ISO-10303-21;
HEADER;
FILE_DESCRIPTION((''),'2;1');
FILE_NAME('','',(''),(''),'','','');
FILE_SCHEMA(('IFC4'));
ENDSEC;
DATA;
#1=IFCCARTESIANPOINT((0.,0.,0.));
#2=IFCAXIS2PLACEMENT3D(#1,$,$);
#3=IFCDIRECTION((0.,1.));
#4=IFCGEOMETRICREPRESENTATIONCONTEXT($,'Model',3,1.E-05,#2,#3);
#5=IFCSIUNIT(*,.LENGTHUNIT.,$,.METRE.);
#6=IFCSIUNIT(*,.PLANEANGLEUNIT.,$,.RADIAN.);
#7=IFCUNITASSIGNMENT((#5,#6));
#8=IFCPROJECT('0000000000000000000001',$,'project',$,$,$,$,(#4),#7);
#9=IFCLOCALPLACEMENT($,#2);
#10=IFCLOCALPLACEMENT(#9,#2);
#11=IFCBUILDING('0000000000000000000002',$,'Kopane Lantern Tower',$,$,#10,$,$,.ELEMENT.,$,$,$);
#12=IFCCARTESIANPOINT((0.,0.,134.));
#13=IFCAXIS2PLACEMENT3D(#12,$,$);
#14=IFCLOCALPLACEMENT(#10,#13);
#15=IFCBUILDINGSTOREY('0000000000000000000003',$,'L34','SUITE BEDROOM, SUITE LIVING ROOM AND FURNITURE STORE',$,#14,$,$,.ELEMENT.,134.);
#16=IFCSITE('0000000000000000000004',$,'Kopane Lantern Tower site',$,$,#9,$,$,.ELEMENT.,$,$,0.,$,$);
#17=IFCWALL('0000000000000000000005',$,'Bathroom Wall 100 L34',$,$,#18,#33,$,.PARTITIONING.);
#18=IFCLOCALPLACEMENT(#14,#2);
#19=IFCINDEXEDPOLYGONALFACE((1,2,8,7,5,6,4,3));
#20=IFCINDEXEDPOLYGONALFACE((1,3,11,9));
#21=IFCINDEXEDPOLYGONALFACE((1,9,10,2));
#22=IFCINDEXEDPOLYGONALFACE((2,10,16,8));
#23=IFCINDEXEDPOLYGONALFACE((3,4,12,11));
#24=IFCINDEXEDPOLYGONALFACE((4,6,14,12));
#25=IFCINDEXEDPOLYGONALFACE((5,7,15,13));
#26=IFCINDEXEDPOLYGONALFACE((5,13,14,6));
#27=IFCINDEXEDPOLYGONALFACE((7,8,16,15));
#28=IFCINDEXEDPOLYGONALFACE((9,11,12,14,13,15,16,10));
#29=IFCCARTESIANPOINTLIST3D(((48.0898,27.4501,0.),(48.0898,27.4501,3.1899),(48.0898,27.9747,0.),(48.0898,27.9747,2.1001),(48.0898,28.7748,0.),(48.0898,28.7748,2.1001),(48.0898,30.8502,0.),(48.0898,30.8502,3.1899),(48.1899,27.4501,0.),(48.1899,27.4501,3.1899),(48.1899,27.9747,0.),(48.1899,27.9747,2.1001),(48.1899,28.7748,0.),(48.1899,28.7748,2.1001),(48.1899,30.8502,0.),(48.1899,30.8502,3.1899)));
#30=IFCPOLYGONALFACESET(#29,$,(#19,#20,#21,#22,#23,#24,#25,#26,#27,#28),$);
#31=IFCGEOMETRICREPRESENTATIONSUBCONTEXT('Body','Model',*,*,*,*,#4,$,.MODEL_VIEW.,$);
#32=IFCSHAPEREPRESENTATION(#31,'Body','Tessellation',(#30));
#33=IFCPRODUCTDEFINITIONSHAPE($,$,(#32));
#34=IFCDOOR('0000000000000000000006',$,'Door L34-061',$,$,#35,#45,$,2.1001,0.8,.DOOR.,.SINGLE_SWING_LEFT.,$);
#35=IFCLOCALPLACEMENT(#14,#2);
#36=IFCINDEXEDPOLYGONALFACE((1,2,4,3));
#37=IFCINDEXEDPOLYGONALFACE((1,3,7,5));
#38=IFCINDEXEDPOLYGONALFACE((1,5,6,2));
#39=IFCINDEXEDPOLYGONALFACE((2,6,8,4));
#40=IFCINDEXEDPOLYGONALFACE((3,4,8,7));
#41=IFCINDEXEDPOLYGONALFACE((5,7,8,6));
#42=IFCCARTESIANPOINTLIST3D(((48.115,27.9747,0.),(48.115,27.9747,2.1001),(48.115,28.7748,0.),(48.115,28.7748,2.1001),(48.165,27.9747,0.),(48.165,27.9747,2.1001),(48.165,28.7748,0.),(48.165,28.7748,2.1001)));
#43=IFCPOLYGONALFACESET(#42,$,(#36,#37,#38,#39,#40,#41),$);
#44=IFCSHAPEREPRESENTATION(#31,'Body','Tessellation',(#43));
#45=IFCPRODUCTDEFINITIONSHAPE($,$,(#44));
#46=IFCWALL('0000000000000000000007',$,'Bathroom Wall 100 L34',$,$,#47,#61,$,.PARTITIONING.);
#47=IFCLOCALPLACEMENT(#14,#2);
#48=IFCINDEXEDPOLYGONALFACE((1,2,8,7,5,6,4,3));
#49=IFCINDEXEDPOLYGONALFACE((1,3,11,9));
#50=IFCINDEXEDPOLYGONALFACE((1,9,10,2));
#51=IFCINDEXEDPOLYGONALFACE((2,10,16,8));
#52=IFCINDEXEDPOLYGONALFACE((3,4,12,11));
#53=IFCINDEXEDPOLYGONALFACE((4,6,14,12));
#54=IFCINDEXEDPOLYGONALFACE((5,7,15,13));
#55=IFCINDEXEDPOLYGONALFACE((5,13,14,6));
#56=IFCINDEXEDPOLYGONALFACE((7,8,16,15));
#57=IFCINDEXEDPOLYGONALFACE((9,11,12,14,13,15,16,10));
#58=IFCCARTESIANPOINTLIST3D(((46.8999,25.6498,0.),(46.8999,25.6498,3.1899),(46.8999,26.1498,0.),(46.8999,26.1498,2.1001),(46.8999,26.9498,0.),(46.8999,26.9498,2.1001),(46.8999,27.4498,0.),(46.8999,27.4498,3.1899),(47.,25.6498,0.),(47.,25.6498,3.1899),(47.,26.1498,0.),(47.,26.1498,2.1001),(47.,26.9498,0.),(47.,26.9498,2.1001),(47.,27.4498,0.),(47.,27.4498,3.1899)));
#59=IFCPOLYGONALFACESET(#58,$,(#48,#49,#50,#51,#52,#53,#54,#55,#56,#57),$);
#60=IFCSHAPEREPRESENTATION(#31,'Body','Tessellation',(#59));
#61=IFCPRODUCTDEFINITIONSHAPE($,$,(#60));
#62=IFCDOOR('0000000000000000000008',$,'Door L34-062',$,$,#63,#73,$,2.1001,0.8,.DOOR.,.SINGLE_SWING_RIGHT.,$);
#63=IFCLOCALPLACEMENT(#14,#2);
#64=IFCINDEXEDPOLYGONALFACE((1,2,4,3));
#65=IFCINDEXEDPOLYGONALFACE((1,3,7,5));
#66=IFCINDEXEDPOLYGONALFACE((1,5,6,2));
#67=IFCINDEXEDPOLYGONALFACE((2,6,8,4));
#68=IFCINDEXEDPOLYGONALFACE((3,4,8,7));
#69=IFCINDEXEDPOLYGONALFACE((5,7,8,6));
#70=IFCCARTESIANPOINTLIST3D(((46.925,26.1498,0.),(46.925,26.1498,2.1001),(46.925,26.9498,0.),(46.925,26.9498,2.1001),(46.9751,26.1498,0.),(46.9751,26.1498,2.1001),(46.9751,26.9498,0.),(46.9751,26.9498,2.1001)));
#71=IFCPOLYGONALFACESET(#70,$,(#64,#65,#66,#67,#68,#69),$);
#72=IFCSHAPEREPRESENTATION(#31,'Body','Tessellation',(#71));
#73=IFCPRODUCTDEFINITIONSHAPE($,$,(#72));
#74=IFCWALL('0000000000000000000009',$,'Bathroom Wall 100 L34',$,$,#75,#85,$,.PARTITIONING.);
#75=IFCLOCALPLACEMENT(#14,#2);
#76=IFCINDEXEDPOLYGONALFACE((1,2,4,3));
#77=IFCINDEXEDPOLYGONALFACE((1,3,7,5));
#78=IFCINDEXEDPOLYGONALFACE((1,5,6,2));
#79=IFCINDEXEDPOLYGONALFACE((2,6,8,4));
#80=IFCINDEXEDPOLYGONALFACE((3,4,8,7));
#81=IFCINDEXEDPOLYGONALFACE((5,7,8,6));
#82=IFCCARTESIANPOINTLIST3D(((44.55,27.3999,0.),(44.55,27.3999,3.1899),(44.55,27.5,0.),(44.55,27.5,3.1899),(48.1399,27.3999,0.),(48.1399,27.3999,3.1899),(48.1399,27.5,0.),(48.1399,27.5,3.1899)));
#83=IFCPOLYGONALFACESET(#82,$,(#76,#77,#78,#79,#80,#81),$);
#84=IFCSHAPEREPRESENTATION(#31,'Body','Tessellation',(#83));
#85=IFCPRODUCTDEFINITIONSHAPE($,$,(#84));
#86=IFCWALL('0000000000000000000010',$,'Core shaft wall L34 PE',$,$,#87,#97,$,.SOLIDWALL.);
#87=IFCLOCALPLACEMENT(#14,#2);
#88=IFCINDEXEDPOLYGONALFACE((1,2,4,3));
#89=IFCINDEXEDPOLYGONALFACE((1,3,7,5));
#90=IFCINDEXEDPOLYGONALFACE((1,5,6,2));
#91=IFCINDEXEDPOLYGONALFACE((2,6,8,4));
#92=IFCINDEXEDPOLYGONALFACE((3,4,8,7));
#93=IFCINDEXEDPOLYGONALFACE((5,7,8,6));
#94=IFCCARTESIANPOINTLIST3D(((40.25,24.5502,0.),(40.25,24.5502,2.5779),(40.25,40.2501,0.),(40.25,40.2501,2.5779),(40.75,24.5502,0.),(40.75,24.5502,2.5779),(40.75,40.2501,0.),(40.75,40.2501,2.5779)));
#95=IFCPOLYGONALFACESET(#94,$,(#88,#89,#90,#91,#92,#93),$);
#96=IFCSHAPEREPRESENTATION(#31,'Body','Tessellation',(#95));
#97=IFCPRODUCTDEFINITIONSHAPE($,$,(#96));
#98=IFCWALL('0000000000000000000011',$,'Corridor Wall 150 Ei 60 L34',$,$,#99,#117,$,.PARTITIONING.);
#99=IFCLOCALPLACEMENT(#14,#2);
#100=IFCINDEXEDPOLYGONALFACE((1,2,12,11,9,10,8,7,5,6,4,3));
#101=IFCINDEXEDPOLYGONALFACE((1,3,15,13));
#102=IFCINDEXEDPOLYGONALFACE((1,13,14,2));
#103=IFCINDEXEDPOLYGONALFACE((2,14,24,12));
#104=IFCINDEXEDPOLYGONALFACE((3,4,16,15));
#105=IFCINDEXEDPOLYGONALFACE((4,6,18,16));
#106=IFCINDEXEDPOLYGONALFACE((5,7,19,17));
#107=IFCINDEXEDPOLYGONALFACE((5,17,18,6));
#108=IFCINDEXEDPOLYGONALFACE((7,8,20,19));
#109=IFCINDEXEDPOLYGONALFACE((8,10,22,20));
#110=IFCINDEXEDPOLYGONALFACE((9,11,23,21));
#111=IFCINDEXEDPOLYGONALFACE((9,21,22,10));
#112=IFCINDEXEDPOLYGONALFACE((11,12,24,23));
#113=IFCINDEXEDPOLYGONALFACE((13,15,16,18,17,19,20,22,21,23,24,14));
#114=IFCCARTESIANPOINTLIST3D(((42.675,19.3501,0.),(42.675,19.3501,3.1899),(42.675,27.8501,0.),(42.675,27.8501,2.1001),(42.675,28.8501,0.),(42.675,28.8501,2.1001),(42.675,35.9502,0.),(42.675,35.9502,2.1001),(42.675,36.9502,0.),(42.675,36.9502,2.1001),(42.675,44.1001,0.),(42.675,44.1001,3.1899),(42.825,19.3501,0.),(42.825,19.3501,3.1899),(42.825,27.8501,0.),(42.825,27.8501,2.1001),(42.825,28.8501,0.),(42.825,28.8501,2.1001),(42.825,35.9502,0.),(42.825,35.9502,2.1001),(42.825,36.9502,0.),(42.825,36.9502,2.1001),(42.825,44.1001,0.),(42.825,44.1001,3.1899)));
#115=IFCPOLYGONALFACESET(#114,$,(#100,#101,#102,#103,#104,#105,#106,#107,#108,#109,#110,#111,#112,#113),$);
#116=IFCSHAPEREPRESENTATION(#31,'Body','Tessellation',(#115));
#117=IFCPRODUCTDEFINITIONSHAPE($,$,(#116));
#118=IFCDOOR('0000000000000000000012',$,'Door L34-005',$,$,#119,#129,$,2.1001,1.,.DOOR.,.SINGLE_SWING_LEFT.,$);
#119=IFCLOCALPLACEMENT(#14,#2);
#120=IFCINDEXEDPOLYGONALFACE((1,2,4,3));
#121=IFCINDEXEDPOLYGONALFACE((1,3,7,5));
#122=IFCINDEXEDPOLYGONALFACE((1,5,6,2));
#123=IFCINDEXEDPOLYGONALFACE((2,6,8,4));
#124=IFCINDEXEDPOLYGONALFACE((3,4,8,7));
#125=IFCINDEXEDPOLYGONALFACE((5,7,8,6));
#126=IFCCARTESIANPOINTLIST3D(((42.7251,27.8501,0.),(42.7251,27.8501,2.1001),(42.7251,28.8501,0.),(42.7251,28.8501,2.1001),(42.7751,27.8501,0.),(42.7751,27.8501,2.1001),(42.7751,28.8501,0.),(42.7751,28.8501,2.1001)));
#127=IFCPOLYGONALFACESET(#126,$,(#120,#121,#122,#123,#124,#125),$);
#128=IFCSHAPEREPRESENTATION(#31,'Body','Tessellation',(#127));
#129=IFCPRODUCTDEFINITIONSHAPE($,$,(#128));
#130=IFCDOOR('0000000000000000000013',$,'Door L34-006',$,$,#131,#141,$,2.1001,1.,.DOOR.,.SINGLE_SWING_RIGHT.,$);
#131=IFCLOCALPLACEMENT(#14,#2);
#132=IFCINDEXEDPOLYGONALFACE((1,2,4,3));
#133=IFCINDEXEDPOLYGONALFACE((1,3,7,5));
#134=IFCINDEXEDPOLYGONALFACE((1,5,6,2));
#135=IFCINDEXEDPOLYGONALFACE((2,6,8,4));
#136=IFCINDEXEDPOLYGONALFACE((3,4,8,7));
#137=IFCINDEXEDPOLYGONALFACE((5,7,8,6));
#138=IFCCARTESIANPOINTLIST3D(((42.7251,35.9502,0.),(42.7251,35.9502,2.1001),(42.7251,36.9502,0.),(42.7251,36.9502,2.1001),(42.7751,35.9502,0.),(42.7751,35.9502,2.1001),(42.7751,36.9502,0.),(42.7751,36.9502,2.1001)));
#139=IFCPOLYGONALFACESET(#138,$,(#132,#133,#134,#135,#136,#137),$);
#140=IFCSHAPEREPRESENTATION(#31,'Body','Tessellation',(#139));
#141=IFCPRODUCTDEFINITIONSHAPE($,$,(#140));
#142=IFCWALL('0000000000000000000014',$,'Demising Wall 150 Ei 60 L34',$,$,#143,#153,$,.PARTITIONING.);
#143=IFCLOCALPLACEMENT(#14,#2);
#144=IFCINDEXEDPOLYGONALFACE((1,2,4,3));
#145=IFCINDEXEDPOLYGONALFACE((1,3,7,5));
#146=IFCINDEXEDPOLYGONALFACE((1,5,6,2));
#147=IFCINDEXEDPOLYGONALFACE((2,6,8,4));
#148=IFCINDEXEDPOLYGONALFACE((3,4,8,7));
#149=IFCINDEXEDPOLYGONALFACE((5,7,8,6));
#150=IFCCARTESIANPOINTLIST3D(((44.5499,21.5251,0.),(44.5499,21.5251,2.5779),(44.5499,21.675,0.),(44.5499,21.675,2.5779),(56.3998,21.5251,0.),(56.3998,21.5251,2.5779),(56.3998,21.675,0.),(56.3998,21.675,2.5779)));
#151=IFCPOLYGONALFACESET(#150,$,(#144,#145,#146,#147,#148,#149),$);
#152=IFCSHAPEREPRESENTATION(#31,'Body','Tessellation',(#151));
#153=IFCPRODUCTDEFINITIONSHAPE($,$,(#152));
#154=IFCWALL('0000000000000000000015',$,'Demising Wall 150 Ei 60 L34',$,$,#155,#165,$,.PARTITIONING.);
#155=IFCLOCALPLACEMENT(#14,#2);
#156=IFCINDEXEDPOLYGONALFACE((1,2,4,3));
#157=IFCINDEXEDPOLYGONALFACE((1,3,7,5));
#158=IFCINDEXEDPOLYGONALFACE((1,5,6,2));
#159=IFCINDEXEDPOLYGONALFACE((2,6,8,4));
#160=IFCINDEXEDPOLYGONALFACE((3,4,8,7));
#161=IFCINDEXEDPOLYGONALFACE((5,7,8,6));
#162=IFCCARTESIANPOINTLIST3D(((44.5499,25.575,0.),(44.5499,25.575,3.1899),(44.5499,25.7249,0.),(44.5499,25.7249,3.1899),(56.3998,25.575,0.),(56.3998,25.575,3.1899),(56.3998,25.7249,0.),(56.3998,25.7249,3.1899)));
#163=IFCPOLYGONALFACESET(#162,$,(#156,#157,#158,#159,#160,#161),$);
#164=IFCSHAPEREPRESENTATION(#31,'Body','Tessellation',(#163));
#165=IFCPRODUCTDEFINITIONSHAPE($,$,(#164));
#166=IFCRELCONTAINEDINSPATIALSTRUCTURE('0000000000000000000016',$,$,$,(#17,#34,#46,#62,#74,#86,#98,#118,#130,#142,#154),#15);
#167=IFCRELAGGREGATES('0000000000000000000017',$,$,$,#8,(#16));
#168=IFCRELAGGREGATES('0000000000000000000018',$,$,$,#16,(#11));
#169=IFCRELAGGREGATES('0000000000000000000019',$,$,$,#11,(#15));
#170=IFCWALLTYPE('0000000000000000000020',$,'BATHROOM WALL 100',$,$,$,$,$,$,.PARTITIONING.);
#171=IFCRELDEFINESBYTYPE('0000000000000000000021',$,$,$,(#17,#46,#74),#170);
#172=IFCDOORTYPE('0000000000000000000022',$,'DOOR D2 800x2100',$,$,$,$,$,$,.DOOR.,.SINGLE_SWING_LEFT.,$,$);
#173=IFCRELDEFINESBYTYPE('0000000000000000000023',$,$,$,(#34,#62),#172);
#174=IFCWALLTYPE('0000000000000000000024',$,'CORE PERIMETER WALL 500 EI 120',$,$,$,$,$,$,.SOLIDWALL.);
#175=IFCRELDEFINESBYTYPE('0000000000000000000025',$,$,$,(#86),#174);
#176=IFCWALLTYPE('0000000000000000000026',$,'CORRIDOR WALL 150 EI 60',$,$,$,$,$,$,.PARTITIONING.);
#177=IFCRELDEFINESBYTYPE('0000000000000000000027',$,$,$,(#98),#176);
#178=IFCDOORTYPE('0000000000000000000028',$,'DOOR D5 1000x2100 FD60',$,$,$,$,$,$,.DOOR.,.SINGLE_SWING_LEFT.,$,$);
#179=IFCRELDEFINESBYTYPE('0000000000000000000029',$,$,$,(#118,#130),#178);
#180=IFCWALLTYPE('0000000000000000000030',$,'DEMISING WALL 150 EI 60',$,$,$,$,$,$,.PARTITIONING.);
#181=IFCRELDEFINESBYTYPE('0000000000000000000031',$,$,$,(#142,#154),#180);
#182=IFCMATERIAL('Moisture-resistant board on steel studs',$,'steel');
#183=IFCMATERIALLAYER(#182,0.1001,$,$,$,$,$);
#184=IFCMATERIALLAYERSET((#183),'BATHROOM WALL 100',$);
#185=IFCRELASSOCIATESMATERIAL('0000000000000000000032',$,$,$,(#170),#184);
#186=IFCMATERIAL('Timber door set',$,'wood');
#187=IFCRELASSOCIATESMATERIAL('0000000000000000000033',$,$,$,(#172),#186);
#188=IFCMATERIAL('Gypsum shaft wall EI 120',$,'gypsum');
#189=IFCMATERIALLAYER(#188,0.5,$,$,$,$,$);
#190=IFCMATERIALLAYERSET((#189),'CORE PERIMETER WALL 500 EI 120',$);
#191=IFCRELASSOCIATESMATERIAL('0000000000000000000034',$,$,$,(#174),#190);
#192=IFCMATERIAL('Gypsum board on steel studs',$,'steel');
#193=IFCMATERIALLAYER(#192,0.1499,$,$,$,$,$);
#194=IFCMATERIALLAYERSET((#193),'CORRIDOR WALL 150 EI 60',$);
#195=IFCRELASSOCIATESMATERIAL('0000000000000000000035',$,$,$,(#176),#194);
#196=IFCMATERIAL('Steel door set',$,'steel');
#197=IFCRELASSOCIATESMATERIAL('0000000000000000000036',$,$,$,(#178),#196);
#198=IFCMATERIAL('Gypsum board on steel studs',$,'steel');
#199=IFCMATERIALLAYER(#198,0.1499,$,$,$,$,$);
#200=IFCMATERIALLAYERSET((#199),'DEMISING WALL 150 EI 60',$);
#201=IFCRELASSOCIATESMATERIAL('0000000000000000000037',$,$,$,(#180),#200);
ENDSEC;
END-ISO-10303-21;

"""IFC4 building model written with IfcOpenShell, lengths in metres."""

from ifc_helpers import new_model, si_unit, direction, frame, frame_2d, origin, place, context, subcontext, project, spatial, rectangle, extrude, material, layer, layer_set, type_object, element, fill, save


model = new_model("IFC4")

# Units and contexts
model_context = context("Model", 3, precision=1e-05, world=origin(), true_north=direction((0.0, 1.0)))
body_context = subcontext(model_context, "Body", "Model", "MODEL_VIEW")
ifc_project = project(units=[si_unit("LENGTHUNIT", "METRE"), si_unit("PLANEANGLEUNIT", "RADIAN")], contexts=[model_context])

# Site, building, storey
site_placement = place(None, origin())
site = spatial("IfcSite", under=ifc_project, at=site_placement, Name="Kopane Lantern Tower site", CompositionType="ELEMENT", RefElevation=0.0)
building_placement = place(site_placement, origin())
building = spatial("IfcBuilding", under=site, at=building_placement, Name="Kopane Lantern Tower", CompositionType="ELEMENT")
storey_placement = place(building_placement, frame((0.0, 0.0, 134.0)))
storey = spatial("IfcBuildingStorey", under=building, at=storey_placement, Name="L34", Description="SUITE BEDROOM, SUITE LIVING ROOM AND FURNITURE STORE", CompositionType="ELEMENT", Elevation=134.0)

# Shared definitions
ifc_material_1 = material(Name="Moisture-resistant board on steel studs", Category="steel")
ifc_layer_1 = layer(ifc_material_1, 0.1001)
ifc_layer_set_1 = layer_set([ifc_layer_1], Name="BATHROOM WALL 100")
wall_type_1 = type_object("IfcWallType", Name="BATHROOM WALL 100", PredefinedType="PARTITIONING", material=ifc_layer_set_1)

# Walls, openings, doors
ifc_material_2 = material(Name="Timber door set", Category="wood")
door_type_1 = type_object("IfcDoorType", Name="DOOR D2 800x2100", OperationType="SINGLE_SWING_LEFT", PredefinedType="DOOR", material=ifc_material_2)
wall_1_placement = place(storey_placement, frame((48.1399, 27.45, 0.0), z_axis=(0.0, 0.0, 1.0), x_axis=(0.0, 1.0, 0.0)))
wall_1 = element("IfcWall", 1, at=wall_1_placement, inside=storey, type_object=wall_type_1, Name="Bathroom Wall 100 L34", PredefinedType="PARTITIONING", context=body_context, shape_type="SweptSolid", body=[
    extrude(rectangle(XDim=3.4001, YDim=0.1001, at=frame_2d((1.7002, 0.0))), origin(), (0.0, 0.0, 1.0), 3.1899),
])
opening_1_placement = place(wall_1_placement, frame((0.5249, 0.0, 0.0)))
opening_1 = element("IfcOpeningElement", 2, at=opening_1_placement, cuts=wall_1, PredefinedType="OPENING", context=body_context, shape_type="SweptSolid", body=[
    extrude(rectangle(XDim=0.8, YDim=2.1001, at=frame_2d((0.3999, 1.05))), frame((0.0, 0.0601, 0.0), z_axis=(0.0, -1.0, 0.0), x_axis=(1.0, 0.0, 0.0)), (0.0, 0.0, 1.0), 0.1201),
])
door_1_placement = place(opening_1_placement, origin())
door_1 = element("IfcDoor", 3, at=door_1_placement, inside=storey, type_object=door_type_1, Name="Door L34-061", OperationType="SINGLE_SWING_LEFT", OverallHeight=2.1001, OverallWidth=0.8, PredefinedType="DOOR", context=body_context, shape_type="SweptSolid", body=[
    extrude(rectangle(XDim=0.8, YDim=2.1001, at=frame_2d((0.3999, 1.05))), frame((0.0, 0.0249, 0.0), z_axis=(0.0, -1.0, 0.0), x_axis=(1.0, 0.0, 0.0)), (0.0, 0.0, 1.0), 0.05),
])
fill(opening_1, door_1)
wall_2_placement = place(storey_placement, frame((46.95, 25.6499, 0.0), z_axis=(0.0, 0.0, 1.0), x_axis=(0.0, 1.0, 0.0)))
wall_2 = element("IfcWall", 4, at=wall_2_placement, inside=storey, type_object=wall_type_1, Name="Bathroom Wall 100 L34", PredefinedType="PARTITIONING", context=body_context, shape_type="SweptSolid", body=[
    extrude(rectangle(XDim=1.8, YDim=0.1001, at=frame_2d((0.8999, 0.0))), origin(), (0.0, 0.0, 1.0), 3.1899),
])
opening_2_placement = place(wall_2_placement, frame((0.5, 0.0, 0.0)))
opening_2 = element("IfcOpeningElement", 5, at=opening_2_placement, cuts=wall_2, PredefinedType="OPENING", context=body_context, shape_type="SweptSolid", body=[
    extrude(rectangle(XDim=0.8, YDim=2.1001, at=frame_2d((0.3999, 1.05))), frame((0.0, 0.0601, 0.0), z_axis=(0.0, -1.0, 0.0), x_axis=(1.0, 0.0, 0.0)), (0.0, 0.0, 1.0), 0.1201),
])
door_2_placement = place(opening_2_placement, origin())
door_2 = element("IfcDoor", 6, at=door_2_placement, inside=storey, type_object=door_type_1, Name="Door L34-062", OperationType="SINGLE_SWING_RIGHT", OverallHeight=2.1001, OverallWidth=0.8, PredefinedType="DOOR", context=body_context, shape_type="SweptSolid", body=[
    extrude(rectangle(XDim=0.8, YDim=2.1001, at=frame_2d((0.3999, 1.05))), frame((0.0, 0.0249, 0.0), z_axis=(0.0, -1.0, 0.0), x_axis=(1.0, 0.0, 0.0)), (0.0, 0.0, 1.0), 0.05),
])
fill(opening_2, door_2)

# Walls
wall_3_placement = place(storey_placement, frame((44.55, 27.45, 0.0), z_axis=(0.0, 0.0, 1.0), x_axis=(1.0, 0.0, 0.0)))
element("IfcWall", 7, at=wall_3_placement, inside=storey, type_object=wall_type_1, Name="Bathroom Wall 100 L34", PredefinedType="PARTITIONING", context=body_context, shape_type="SweptSolid", body=[
    extrude(rectangle(XDim=3.5898, YDim=0.1001, at=frame_2d((1.7949, 0.0))), origin(), (0.0, 0.0, 1.0), 3.1899),
])
ifc_material_3 = material(Name="Gypsum shaft wall EI 120", Category="gypsum")
ifc_layer_2 = layer(ifc_material_3, 0.5)
ifc_layer_set_2 = layer_set([ifc_layer_2], Name="CORE PERIMETER WALL 500 EI 120")
wall_type_2 = type_object("IfcWallType", Name="CORE PERIMETER WALL 500 EI 120", PredefinedType="SOLIDWALL", material=ifc_layer_set_2)
wall_4_placement = place(storey_placement, frame((40.5, 24.55, 0.0), z_axis=(0.0, 0.0, 1.0), x_axis=(0.0, 1.0, 0.0)))
element("IfcWall", 8, at=wall_4_placement, inside=storey, type_object=wall_type_2, Name="Core shaft wall L34 PE", PredefinedType="SOLIDWALL", context=body_context, shape_type="SweptSolid", body=[
    extrude(rectangle(XDim=15.7, YDim=0.5, at=frame_2d((7.8501, 0.0))), origin(), (0.0, 0.0, 1.0), 2.5779),
])

# Wall, openings, doors
ifc_material_4 = material(Name="Gypsum board on steel studs", Category="steel")
ifc_layer_3 = layer(ifc_material_4, 0.1499)
ifc_layer_set_3 = layer_set([ifc_layer_3], Name="CORRIDOR WALL 150 EI 60")
wall_type_3 = type_object("IfcWallType", Name="CORRIDOR WALL 150 EI 60", PredefinedType="PARTITIONING", material=ifc_layer_set_3)
wall_5_placement = place(storey_placement, frame((42.75, 19.3501, 0.0), z_axis=(0.0, 0.0, 1.0), x_axis=(0.0, 1.0, 0.0)))
wall_5 = element("IfcWall", 9, at=wall_5_placement, inside=storey, type_object=wall_type_3, Name="Corridor Wall 150 Ei 60 L34", PredefinedType="PARTITIONING", context=body_context, shape_type="SweptSolid", body=[
    extrude(rectangle(XDim=24.75, YDim=0.1499, at=frame_2d((12.375, 0.0))), origin(), (0.0, 0.0, 1.0), 3.1899),
])
opening_3_placement = place(wall_5_placement, frame((8.5, 0.0, 0.0)))
opening_3 = element("IfcOpeningElement", 10, at=opening_3_placement, cuts=wall_5, PredefinedType="OPENING", context=body_context, shape_type="SweptSolid", body=[
    extrude(rectangle(XDim=1.0, YDim=2.1001, at=frame_2d((0.5, 1.05))), frame((0.0, 0.085, 0.0), z_axis=(0.0, -1.0, 0.0), x_axis=(1.0, 0.0, 0.0)), (0.0, 0.0, 1.0), 0.1699),
])
opening_4_placement = place(wall_5_placement, frame((16.6001, 0.0, 0.0)))
opening_4 = element("IfcOpeningElement", 11, at=opening_4_placement, cuts=wall_5, PredefinedType="OPENING", context=body_context, shape_type="SweptSolid", body=[
    extrude(rectangle(XDim=1.0, YDim=2.1001, at=frame_2d((0.5, 1.05))), frame((0.0, 0.085, 0.0), z_axis=(0.0, -1.0, 0.0), x_axis=(1.0, 0.0, 0.0)), (0.0, 0.0, 1.0), 0.1699),
])
ifc_material_5 = material(Name="Steel door set", Category="steel")
door_type_2 = type_object("IfcDoorType", Name="DOOR D5 1000x2100 FD60", OperationType="SINGLE_SWING_LEFT", PredefinedType="DOOR", material=ifc_material_5)
door_3_placement = place(opening_3_placement, origin())
door_3 = element("IfcDoor", 12, at=door_3_placement, inside=storey, type_object=door_type_2, Name="Door L34-005", OperationType="SINGLE_SWING_LEFT", OverallHeight=2.1001, OverallWidth=1.0, PredefinedType="DOOR", context=body_context, shape_type="SweptSolid", body=[
    extrude(rectangle(XDim=1.0, YDim=2.1001, at=frame_2d((0.5, 1.05))), frame((0.0, 0.0249, 0.0), z_axis=(0.0, -1.0, 0.0), x_axis=(1.0, 0.0, 0.0)), (0.0, 0.0, 1.0), 0.05),
])
fill(opening_3, door_3)
door_4_placement = place(opening_4_placement, origin())
door_4 = element("IfcDoor", 13, at=door_4_placement, inside=storey, type_object=door_type_2, Name="Door L34-006", OperationType="SINGLE_SWING_RIGHT", OverallHeight=2.1001, OverallWidth=1.0, PredefinedType="DOOR", context=body_context, shape_type="SweptSolid", body=[
    extrude(rectangle(XDim=1.0, YDim=2.1001, at=frame_2d((0.5, 1.05))), frame((0.0, 0.0249, 0.0), z_axis=(0.0, -1.0, 0.0), x_axis=(1.0, 0.0, 0.0)), (0.0, 0.0, 1.0), 0.05),
])
fill(opening_4, door_4)

# Walls
ifc_material_6 = material(Name="Gypsum board on steel studs", Category="steel")
ifc_layer_4 = layer(ifc_material_6, 0.1499)
ifc_layer_set_4 = layer_set([ifc_layer_4], Name="DEMISING WALL 150 EI 60")
wall_type_4 = type_object("IfcWallType", Name="DEMISING WALL 150 EI 60", PredefinedType="PARTITIONING", material=ifc_layer_set_4)
wall_6_placement = place(storey_placement, frame((44.55, 21.6001, 0.0), z_axis=(0.0, 0.0, 1.0), x_axis=(1.0, 0.0, 0.0)))
element("IfcWall", 14, at=wall_6_placement, inside=storey, type_object=wall_type_4, Name="Demising Wall 150 Ei 60 L34", PredefinedType="PARTITIONING", context=body_context, shape_type="SweptSolid", body=[
    extrude(rectangle(XDim=11.8499, YDim=0.1499, at=frame_2d((5.9248, 0.0))), origin(), (0.0, 0.0, 1.0), 2.5779),
])
wall_7_placement = place(storey_placement, frame((44.55, 25.6499, 0.0), z_axis=(0.0, 0.0, 1.0), x_axis=(1.0, 0.0, 0.0)))
element("IfcWall", 15, at=wall_7_placement, inside=storey, type_object=wall_type_4, Name="Demising Wall 150 Ei 60 L34", PredefinedType="PARTITIONING", context=body_context, shape_type="SweptSolid", body=[
    extrude(rectangle(XDim=11.8499, YDim=0.1499, at=frame_2d((5.9248, 0.0))), origin(), (0.0, 0.0, 1.0), 3.1899),
])

save(model, "model.ifc")
